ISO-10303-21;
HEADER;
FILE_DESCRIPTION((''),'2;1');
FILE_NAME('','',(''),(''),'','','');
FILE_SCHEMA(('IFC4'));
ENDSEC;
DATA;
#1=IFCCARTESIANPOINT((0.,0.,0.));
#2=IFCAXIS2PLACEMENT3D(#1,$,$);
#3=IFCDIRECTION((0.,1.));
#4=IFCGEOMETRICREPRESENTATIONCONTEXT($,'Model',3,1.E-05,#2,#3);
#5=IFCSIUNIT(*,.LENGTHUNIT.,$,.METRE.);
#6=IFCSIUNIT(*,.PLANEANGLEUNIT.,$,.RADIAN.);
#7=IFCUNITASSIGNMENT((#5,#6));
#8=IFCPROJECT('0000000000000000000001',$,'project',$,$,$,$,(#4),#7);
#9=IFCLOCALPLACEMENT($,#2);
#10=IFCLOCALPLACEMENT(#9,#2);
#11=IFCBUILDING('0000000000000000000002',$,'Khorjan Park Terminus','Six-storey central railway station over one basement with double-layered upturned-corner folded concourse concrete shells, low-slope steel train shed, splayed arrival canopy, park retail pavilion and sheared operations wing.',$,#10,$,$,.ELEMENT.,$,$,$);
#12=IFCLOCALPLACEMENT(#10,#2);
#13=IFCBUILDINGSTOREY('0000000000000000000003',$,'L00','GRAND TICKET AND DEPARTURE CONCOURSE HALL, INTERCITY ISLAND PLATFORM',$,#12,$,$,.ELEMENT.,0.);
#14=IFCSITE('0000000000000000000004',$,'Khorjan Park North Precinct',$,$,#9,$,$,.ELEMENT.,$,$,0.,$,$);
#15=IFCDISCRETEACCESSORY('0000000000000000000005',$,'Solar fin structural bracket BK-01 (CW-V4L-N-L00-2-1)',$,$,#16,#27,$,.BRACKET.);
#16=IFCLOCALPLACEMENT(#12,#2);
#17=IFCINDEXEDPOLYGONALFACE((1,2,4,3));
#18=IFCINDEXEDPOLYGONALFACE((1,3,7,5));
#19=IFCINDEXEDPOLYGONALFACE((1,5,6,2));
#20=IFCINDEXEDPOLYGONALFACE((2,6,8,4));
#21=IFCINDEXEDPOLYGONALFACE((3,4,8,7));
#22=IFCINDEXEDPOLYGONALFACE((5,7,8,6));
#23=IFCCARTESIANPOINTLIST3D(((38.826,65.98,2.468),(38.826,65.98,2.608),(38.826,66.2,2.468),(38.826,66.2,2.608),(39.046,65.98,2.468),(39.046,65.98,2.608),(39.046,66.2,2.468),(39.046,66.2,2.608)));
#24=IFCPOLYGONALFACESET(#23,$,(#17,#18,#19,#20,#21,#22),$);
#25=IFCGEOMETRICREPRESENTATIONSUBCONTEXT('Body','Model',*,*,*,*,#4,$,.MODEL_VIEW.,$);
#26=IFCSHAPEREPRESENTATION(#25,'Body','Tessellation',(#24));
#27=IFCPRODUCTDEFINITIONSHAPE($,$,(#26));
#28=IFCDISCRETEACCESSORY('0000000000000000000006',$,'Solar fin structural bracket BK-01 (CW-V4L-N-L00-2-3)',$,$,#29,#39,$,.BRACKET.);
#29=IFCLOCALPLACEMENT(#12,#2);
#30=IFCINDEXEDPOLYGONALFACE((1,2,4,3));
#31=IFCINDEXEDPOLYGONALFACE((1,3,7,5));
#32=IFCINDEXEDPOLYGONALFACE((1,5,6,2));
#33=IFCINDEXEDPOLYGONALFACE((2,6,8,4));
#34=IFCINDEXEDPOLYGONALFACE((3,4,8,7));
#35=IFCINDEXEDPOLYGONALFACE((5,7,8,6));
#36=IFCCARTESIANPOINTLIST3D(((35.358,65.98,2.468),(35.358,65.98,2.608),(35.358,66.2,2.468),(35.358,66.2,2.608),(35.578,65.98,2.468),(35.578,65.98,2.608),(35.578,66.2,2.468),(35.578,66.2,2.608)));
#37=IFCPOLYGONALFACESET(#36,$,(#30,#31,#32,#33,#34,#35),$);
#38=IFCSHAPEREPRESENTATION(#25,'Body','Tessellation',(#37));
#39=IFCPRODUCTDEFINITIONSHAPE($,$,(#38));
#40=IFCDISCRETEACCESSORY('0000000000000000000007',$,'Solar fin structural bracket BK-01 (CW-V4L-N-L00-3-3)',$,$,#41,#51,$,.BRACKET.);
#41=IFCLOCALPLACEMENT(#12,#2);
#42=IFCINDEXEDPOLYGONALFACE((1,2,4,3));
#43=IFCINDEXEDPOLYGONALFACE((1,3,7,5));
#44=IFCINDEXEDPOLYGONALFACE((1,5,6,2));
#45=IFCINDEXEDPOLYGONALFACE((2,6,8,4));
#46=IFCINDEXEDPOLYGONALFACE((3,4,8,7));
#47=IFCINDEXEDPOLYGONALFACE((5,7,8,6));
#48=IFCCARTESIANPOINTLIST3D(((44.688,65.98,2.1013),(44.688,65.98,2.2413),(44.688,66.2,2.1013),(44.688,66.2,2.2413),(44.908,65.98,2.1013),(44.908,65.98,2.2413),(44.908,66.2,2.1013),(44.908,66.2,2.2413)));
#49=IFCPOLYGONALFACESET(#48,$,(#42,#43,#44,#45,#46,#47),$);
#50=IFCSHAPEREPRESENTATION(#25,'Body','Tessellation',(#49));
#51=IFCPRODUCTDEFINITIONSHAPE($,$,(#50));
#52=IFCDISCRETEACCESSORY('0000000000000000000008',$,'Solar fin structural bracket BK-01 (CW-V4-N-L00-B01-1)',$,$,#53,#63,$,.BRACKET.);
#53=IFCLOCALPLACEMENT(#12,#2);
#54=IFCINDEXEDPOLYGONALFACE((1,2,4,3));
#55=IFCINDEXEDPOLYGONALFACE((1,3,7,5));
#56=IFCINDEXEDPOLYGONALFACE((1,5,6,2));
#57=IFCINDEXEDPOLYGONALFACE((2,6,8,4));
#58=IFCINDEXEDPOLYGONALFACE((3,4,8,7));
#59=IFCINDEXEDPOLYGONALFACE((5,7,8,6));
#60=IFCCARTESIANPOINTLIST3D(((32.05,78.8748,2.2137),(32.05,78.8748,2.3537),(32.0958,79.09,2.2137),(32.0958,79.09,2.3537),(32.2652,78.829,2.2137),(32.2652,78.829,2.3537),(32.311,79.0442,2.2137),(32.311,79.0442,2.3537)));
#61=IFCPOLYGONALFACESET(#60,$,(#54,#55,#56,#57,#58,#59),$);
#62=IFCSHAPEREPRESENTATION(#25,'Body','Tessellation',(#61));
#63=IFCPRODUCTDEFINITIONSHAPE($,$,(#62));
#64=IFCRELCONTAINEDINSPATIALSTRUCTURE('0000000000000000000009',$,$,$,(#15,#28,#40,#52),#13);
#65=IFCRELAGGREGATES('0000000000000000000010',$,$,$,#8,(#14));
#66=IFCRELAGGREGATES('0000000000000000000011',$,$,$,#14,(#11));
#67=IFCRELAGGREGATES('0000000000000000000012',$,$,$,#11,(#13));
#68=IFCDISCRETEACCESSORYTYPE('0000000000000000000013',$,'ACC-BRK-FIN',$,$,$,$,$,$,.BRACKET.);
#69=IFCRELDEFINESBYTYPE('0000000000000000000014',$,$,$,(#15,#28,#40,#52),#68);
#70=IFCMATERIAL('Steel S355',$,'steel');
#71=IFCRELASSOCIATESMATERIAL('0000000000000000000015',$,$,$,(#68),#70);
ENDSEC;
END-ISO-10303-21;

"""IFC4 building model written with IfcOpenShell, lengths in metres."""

from ifc_helpers import new_model, si_unit, direction, frame, origin, origin_2d, place, context, subcontext, project, spatial, rectangle, extrude, material, type_object, element, save


model = new_model("IFC4")

# Units and contexts
model_context = context("Model", 3, precision=1e-05, world=origin(), true_north=direction((0.0, 1.0)))
body_context = subcontext(model_context, "Body", "Model", "MODEL_VIEW")
ifc_project = project(units=[si_unit("LENGTHUNIT", "METRE"), si_unit("PLANEANGLEUNIT", "RADIAN")], contexts=[model_context])

# Site, building, storey
site_placement = place(None, origin())
site = spatial("IfcSite", under=ifc_project, at=site_placement, Name="Khorjan Park North Precinct", CompositionType="ELEMENT", RefElevation=0.0)
building_placement = place(site_placement, origin())
building = spatial("IfcBuilding", under=site, at=building_placement, Name="Khorjan Park Terminus", Description="Six-storey central railway station over one basement with double-layered upturned-corner folded concourse concrete shells, low-slope steel train shed, splayed arrival canopy, park retail pavilion and sheared operations wing.", CompositionType="ELEMENT")
storey_placement = place(building_placement, origin())
storey = spatial("IfcBuildingStorey", under=building, at=storey_placement, Name="L00", Description="GRAND TICKET AND DEPARTURE CONCOURSE HALL, INTERCITY ISLAND PLATFORM", CompositionType="ELEMENT", Elevation=0.0)

# Shared definitions
ifc_material_1 = material(Name="Steel S355", Category="steel")

# Discrete accessories
discrete_accessory_type = type_object("IfcDiscreteAccessoryType", Name="ACC-BRK-FIN", PredefinedType="BRACKET", material=ifc_material_1)
for number, where, z_axis, x_axis, name in (
    (1, (38.936, 66.09, 2.468), (0.0, 0.0, 1.0), (-1.0, 0.0, 0.0), "Solar fin structural bracket BK-01 (CW-V4L-N-L00-2-1)"),
    (2, (35.468, 66.09, 2.468), (0.0, 0.0, 1.0), (-1.0, 0.0, 0.0), "Solar fin structural bracket BK-01 (CW-V4L-N-L00-2-3)"),
    (3, (44.798, 66.09, 2.1013), (0.0, 0.0, 1.0), (-1.0, 0.0, 0.0), "Solar fin structural bracket BK-01 (CW-V4L-N-L00-3-3)"),
    (4, (32.1805, 78.9595, 2.2137), (0.0, 0.0, 1.0), (-0.97815, 0.207903, 0.0), "Solar fin structural bracket BK-01 (CW-V4-N-L00-B01-1)"),
):
    element("IfcDiscreteAccessory", number, at=place(storey_placement, frame(where, z_axis=z_axis, x_axis=x_axis)), inside=storey, type_object=discrete_accessory_type, Name=name, PredefinedType="BRACKET", context=body_context, shape_type="SweptSolid", body=[
        extrude(rectangle(XDim=0.22, YDim=0.22, at=origin_2d()), origin(), (0.0, 0.0, 1.0), 0.14),
    ])

save(model, "model.ifc")
